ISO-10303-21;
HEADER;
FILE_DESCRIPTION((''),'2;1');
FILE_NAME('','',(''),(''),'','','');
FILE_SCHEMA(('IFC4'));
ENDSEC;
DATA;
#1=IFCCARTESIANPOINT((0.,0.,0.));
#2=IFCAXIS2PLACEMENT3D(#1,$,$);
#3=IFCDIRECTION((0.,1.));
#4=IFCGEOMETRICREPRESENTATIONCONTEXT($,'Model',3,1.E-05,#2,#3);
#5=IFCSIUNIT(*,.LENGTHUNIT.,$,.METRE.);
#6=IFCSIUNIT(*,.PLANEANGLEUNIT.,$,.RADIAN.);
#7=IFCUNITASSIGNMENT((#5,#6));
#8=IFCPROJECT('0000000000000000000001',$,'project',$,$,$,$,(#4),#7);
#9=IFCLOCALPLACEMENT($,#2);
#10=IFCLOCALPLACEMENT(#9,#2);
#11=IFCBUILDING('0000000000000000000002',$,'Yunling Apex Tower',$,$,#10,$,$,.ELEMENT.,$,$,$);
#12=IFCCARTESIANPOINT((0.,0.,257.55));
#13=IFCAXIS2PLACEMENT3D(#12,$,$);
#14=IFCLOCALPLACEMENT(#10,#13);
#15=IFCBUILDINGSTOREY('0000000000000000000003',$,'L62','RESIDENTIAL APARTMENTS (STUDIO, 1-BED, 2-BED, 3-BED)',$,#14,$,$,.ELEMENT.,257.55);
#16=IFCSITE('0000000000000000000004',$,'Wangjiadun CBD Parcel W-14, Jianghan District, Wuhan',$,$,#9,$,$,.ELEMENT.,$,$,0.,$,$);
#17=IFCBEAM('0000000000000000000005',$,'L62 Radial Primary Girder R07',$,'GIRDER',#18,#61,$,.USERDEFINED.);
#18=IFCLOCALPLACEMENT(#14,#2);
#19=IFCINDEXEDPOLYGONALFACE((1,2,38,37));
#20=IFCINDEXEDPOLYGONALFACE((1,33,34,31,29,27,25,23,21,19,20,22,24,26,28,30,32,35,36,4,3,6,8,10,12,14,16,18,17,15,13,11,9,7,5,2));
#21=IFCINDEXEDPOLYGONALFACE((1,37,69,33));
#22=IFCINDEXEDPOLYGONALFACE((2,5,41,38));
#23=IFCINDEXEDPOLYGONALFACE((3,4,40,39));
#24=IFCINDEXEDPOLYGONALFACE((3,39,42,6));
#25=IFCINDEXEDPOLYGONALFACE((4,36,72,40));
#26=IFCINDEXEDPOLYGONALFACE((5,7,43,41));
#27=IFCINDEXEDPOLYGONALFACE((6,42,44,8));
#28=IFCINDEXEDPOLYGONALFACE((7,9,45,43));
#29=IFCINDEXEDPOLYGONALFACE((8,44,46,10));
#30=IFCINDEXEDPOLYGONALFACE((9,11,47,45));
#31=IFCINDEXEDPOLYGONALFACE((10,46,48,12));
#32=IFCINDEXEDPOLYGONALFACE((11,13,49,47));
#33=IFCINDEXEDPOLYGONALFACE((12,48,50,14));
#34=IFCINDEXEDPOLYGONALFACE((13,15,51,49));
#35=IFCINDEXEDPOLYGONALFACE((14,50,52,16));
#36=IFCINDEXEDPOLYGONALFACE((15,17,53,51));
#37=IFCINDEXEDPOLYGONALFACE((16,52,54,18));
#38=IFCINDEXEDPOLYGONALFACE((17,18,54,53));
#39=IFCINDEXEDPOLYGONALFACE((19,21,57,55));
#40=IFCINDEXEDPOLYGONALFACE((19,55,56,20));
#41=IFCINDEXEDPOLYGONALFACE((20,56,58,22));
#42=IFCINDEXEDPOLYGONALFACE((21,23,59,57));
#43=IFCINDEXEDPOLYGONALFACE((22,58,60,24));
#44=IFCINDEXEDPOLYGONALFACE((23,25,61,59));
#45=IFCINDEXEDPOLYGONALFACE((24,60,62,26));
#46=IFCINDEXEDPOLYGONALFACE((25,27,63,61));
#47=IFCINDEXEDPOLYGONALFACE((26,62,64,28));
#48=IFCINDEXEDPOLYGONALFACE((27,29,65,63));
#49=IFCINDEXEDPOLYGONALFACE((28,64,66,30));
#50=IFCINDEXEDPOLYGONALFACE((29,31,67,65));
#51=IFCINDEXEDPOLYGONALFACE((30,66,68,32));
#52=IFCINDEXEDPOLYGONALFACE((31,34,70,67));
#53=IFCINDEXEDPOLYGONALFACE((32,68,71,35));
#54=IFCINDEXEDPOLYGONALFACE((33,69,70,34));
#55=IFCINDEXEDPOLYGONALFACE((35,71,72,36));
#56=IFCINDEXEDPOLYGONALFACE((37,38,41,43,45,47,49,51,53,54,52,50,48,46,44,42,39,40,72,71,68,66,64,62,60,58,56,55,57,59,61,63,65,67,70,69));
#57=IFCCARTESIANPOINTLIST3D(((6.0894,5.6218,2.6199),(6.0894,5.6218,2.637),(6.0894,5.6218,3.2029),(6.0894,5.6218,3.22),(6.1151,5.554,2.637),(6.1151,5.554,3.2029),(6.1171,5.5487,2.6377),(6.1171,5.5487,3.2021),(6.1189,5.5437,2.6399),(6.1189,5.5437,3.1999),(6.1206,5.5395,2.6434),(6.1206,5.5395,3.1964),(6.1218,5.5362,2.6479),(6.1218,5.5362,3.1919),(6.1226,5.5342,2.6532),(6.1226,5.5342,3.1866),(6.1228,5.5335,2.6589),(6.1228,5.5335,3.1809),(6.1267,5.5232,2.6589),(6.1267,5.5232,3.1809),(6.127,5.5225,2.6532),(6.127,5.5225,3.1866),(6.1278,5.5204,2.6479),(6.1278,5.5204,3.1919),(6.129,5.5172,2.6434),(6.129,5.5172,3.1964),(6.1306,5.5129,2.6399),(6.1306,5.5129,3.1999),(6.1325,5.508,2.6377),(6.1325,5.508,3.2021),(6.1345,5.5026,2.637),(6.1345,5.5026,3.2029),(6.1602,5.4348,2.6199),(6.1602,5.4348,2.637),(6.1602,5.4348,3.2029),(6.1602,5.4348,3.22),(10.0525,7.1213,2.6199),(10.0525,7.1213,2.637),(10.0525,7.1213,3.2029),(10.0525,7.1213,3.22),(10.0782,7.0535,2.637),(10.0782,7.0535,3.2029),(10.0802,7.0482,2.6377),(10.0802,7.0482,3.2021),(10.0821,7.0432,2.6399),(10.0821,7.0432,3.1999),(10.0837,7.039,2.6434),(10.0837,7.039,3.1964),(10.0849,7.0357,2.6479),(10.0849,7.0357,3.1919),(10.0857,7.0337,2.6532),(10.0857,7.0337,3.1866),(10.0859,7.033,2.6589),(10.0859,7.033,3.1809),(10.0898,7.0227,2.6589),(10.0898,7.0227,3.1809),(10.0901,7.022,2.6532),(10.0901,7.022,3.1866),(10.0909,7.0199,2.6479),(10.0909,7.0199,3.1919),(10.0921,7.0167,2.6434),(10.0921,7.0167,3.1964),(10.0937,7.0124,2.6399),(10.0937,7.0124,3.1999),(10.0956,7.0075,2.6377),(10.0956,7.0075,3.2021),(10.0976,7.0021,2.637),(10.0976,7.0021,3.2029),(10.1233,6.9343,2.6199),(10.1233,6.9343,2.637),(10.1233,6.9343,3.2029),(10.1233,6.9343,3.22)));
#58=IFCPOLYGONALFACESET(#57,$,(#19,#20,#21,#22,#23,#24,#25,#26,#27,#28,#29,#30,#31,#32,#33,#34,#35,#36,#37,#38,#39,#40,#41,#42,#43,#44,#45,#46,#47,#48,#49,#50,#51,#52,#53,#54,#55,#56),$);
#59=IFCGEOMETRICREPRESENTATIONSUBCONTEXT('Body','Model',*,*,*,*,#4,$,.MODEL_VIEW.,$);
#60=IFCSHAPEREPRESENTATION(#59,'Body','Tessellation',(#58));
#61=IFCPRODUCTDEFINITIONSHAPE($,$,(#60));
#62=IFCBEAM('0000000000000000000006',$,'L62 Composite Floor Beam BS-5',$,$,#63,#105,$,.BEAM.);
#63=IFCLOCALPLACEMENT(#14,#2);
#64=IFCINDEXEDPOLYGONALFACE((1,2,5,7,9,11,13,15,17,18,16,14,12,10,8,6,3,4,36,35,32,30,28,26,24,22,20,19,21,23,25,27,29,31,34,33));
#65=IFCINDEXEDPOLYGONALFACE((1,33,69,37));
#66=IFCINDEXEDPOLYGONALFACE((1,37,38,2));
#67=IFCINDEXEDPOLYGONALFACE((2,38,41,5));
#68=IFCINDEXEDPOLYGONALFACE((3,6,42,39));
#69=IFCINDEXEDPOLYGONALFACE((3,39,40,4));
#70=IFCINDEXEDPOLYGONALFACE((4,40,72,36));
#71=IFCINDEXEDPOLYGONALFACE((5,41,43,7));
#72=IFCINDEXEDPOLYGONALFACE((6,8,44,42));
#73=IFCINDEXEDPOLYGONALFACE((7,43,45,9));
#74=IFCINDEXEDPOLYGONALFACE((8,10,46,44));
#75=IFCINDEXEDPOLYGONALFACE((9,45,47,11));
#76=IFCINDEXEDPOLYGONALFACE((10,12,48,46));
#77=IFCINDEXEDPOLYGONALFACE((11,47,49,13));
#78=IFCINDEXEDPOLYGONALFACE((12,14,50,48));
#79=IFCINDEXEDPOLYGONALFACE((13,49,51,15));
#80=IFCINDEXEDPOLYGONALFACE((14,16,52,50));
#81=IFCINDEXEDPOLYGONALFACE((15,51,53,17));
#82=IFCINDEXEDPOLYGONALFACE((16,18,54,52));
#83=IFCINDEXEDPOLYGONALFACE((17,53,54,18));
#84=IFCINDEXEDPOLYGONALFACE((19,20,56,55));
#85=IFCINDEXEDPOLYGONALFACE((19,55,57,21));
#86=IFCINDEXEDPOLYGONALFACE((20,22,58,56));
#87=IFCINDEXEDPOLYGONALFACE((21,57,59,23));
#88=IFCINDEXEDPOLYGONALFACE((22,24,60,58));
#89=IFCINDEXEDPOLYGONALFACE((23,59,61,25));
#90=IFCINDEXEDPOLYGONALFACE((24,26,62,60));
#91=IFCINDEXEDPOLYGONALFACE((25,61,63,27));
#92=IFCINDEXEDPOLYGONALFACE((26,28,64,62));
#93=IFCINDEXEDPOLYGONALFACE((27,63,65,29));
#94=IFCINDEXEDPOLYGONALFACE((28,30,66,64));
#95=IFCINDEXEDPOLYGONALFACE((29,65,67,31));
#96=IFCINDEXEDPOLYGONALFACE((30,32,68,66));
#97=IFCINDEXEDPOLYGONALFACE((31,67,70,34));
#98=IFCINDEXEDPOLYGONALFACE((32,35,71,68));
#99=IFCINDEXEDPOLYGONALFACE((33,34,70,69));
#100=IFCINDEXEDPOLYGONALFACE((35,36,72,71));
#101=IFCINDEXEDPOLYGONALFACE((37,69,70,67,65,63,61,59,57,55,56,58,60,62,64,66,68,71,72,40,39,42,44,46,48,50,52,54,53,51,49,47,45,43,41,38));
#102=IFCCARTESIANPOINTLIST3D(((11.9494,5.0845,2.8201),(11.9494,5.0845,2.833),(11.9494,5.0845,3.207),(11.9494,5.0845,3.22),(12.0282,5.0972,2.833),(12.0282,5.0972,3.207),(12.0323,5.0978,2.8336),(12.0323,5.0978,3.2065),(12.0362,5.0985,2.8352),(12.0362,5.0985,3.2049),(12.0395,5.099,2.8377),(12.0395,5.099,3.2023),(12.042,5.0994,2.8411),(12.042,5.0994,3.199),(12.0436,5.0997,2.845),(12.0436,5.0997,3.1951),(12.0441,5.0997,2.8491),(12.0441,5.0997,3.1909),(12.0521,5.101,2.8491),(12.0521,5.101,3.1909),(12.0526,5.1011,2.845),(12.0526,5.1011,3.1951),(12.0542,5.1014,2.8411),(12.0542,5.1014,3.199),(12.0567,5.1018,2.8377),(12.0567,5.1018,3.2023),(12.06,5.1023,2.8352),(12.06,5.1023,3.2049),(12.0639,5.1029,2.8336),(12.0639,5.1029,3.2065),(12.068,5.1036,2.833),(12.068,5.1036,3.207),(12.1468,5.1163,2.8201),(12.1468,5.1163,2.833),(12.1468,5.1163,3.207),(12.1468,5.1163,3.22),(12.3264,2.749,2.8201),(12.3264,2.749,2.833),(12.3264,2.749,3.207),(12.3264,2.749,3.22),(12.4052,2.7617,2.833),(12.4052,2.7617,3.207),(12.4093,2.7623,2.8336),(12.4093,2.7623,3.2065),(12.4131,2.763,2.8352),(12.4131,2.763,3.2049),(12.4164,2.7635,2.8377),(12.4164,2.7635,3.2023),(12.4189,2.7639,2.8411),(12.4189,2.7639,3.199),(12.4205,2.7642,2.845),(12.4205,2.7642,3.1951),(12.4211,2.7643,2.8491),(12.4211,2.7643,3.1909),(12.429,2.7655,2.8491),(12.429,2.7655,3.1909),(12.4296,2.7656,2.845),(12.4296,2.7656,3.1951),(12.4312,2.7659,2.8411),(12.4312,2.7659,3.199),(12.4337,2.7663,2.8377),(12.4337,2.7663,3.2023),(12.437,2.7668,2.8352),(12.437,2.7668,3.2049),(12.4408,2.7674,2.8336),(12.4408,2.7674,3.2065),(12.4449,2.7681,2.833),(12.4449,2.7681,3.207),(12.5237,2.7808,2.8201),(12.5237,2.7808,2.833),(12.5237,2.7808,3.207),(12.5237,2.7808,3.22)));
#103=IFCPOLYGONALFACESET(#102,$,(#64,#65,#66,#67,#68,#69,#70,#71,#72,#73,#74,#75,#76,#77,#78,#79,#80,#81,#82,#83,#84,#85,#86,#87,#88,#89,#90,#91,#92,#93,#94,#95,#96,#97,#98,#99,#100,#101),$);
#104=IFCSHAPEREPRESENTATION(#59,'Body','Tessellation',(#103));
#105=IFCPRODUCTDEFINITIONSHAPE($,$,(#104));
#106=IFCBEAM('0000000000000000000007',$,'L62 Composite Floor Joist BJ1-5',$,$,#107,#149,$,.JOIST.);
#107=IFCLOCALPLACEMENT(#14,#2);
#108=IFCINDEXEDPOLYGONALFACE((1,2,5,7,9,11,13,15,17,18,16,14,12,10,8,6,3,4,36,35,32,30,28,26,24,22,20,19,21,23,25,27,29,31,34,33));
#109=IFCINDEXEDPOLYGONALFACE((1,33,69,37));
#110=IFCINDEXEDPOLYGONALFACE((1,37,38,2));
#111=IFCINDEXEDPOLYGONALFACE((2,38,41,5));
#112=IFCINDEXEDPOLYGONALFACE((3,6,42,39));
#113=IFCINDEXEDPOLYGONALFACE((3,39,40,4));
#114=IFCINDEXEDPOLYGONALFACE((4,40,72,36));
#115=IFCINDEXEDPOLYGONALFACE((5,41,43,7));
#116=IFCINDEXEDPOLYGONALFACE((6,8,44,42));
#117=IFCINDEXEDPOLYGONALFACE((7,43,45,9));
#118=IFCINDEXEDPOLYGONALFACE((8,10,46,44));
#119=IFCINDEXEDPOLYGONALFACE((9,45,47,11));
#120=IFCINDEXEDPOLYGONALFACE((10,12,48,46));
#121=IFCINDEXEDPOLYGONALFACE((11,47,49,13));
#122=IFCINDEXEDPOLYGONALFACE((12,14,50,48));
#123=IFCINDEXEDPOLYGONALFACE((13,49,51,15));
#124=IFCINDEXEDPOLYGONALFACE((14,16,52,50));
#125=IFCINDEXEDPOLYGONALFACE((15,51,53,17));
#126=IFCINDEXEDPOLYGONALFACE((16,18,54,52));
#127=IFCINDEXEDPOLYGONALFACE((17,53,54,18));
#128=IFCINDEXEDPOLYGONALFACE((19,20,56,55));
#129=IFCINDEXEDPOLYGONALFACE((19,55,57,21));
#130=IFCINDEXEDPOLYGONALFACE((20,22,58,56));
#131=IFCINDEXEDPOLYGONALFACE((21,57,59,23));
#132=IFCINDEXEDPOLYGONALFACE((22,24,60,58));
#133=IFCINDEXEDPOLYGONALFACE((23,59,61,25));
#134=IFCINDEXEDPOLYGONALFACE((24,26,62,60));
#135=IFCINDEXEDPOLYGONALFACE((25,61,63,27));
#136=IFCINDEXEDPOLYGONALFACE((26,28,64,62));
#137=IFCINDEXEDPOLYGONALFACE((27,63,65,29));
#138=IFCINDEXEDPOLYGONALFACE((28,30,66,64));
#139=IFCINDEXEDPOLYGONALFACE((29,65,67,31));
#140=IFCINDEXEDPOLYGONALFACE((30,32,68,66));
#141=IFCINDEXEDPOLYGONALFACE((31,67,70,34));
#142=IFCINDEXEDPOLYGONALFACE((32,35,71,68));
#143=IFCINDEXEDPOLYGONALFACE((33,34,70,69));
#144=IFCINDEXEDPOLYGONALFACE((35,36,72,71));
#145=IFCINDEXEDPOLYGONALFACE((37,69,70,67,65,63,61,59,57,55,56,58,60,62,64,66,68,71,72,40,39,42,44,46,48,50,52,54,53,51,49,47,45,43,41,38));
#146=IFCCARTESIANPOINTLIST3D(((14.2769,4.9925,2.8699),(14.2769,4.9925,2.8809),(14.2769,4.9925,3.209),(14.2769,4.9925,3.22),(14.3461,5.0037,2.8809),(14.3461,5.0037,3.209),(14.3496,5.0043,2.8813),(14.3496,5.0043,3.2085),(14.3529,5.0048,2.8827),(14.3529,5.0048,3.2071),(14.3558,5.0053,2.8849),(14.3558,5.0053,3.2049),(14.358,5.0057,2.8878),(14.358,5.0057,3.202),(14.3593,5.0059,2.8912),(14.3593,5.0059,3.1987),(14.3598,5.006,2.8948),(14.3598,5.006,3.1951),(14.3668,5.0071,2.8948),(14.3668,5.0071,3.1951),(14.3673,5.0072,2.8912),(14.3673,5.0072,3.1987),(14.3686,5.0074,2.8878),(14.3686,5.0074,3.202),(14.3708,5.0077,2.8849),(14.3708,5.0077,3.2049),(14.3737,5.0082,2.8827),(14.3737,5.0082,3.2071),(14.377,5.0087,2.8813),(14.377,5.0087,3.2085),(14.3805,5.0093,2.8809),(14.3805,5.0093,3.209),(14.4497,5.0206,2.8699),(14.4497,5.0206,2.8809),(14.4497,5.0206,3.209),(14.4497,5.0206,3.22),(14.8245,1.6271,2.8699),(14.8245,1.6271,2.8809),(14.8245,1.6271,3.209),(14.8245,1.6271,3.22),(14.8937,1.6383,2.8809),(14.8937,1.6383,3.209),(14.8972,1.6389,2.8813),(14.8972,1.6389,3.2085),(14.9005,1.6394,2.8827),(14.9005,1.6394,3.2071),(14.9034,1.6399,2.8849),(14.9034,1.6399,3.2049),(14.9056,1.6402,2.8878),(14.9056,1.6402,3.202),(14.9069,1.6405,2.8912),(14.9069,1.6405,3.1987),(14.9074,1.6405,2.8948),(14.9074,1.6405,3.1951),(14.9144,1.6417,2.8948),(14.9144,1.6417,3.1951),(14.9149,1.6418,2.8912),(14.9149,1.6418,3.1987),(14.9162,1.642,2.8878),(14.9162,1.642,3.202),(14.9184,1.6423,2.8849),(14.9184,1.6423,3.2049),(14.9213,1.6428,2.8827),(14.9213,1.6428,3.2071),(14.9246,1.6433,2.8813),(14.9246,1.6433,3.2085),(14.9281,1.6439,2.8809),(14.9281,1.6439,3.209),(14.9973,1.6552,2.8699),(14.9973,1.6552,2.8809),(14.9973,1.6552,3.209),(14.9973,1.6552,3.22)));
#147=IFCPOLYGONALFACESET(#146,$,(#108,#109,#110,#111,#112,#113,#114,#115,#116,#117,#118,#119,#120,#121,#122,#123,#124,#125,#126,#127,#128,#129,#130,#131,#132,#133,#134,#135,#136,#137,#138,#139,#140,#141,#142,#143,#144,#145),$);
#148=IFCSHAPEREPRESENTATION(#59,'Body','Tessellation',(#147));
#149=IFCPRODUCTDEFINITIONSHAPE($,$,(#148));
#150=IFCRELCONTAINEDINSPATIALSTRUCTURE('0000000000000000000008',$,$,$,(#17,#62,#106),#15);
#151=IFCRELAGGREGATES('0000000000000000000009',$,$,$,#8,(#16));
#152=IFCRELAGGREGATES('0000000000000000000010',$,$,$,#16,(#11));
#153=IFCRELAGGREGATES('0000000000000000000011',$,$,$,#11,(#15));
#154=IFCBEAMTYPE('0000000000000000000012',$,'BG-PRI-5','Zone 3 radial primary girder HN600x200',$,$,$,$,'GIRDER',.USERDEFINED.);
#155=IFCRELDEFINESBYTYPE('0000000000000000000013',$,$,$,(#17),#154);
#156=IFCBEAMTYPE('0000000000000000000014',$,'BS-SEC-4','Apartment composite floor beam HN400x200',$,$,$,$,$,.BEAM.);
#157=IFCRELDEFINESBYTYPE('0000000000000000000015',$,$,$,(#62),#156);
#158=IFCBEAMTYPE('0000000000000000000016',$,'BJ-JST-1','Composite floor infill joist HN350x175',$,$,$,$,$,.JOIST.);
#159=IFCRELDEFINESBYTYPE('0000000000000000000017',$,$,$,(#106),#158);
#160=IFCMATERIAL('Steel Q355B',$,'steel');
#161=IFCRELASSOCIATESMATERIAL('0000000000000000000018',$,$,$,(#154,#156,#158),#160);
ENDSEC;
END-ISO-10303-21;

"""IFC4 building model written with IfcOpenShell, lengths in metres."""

from ifc_helpers import new_model, si_unit, direction, frame, origin, origin_2d, place, context, subcontext, project, spatial, i_section, extrude, source, transform, mapped, material, material_profile, profile_set, type_object, element, save


model = new_model("IFC4")

# Units and contexts
model_context = context("Model", 3, precision=1e-05, world=origin(), true_north=direction((0.0, 1.0)))
body_context = subcontext(model_context, "Body", "Model", "MODEL_VIEW")
ifc_project = project(units=[si_unit("LENGTHUNIT", "METRE"), si_unit("PLANEANGLEUNIT", "RADIAN")], contexts=[model_context])

# Site, building, storey
site_placement = place(None, origin())
site = spatial("IfcSite", under=ifc_project, at=site_placement, Name="Wangjiadun CBD Parcel W-14, Jianghan District, Wuhan", CompositionType="ELEMENT", RefElevation=0.0)
building_placement = place(site_placement, origin())
building = spatial("IfcBuilding", under=site, at=building_placement, Name="Yunling Apex Tower", CompositionType="ELEMENT")
storey_placement = place(building_placement, frame((0.0, 0.0, 257.55)))
storey = spatial("IfcBuildingStorey", under=building, at=storey_placement, Name="L62", Description="RESIDENTIAL APARTMENTS (STUDIO, 1-BED, 2-BED, 3-BED)", CompositionType="ELEMENT", Elevation=257.55)

# Shared definitions
ifc_material_1 = material(Name="Steel Q355B", Category="steel")

# Beams
ifc_material_profile_1 = material_profile(ifc_material_1, i_section(OverallWidth=0.2, OverallDepth=0.6001, WebThickness=0.011, FlangeThickness=0.0171, FilletRadius=0.022, at=origin_2d()))
ifc_profile_set_1 = profile_set([ifc_material_profile_1], Name="Steel Q355B")
beam_type_1 = type_object("IfcBeamType", Name="BG-PRI-5", Description="Zone 3 radial primary girder HN600x200", ElementType="GIRDER", PredefinedType="USERDEFINED", material=ifc_profile_set_1)
shared_shape_1 = source(origin(), body_context, "Body", "SweptSolid", [
    extrude(i_section(OverallWidth=0.2, OverallDepth=0.6001, WebThickness=0.011, FlangeThickness=0.0171, FilletRadius=0.022, at=origin_2d()), origin(), (0.0, 0.0, 1.0), 4.2373),
])
beam_1_placement = place(storey_placement, frame((10.0879, 7.0278, 2.9199), z_axis=(-0.93529, -0.353881, 0.0), x_axis=(0.353881, -0.93529, 0.0)))
element("IfcBeam", 1, at=beam_1_placement, inside=storey, type_object=beam_type_1, Name="L62 Radial Primary Girder R07", ObjectType="GIRDER", PredefinedType="USERDEFINED", context=body_context, shape_type="MappedRepresentation", body=[
    mapped(shared_shape_1, transform((0.0, 0.0, 0.0), scale=1.0)),
])
ifc_material_profile_2 = material_profile(ifc_material_1, i_section(OverallWidth=0.2, OverallDepth=0.3999, WebThickness=0.0081, FlangeThickness=0.0129, FilletRadius=0.0161, at=origin_2d()))
ifc_profile_set_2 = profile_set([ifc_material_profile_2], Name="Steel Q355B")
beam_type_2 = type_object("IfcBeamType", Name="BS-SEC-4", Description="Apartment composite floor beam HN400x200", PredefinedType="BEAM", material=ifc_profile_set_2)
shared_shape_2 = source(origin(), body_context, "Body", "SweptSolid", [
    extrude(i_section(OverallWidth=0.2, OverallDepth=0.3999, WebThickness=0.0081, FlangeThickness=0.0129, FilletRadius=0.0161, at=origin_2d()), origin(), (0.0, 0.0, 1.0), 2.3657),
])
beam_2_placement = place(storey_placement, frame((12.425, 2.7649, 3.02), z_axis=(-0.159343, 0.987223, 0.0), x_axis=(-0.987223, -0.159343, 0.0)))
element("IfcBeam", 2, at=beam_2_placement, inside=storey, type_object=beam_type_2, Name="L62 Composite Floor Beam BS-5", PredefinedType="BEAM", context=body_context, shape_type="MappedRepresentation", body=[
    mapped(shared_shape_2, transform((0.0, 0.0, 0.0), scale=1.0)),
])
ifc_material_profile_3 = material_profile(ifc_material_1, i_section(OverallWidth=0.175, OverallDepth=0.3501, WebThickness=0.0071, FlangeThickness=0.011, FilletRadius=0.0139, at=origin_2d()))
ifc_profile_set_3 = profile_set([ifc_material_profile_3], Name="Steel Q355B")
beam_type_3 = type_object("IfcBeamType", Name="BJ-JST-1", Description="Composite floor infill joist HN350x175", PredefinedType="JOIST", material=ifc_profile_set_3)
shared_shape_3 = source(origin(), body_context, "Body", "SweptSolid", [
    extrude(i_section(OverallWidth=0.175, OverallDepth=0.3501, WebThickness=0.0071, FlangeThickness=0.011, FilletRadius=0.0139, at=origin_2d()), origin(), (0.0, 0.0, 1.0), 3.4097),
])
beam_3_placement = place(storey_placement, frame((14.9109, 1.6411, 3.0449), z_axis=(-0.160601, 0.987019, 0.0), x_axis=(-0.987019, -0.160601, 0.0)))
element("IfcBeam", 3, at=beam_3_placement, inside=storey, type_object=beam_type_3, Name="L62 Composite Floor Joist BJ1-5", PredefinedType="JOIST", context=body_context, shape_type="MappedRepresentation", body=[
    mapped(shared_shape_3, transform((0.0, 0.0, 0.0), scale=1.0)),
])

save(model, "model.ifc")
